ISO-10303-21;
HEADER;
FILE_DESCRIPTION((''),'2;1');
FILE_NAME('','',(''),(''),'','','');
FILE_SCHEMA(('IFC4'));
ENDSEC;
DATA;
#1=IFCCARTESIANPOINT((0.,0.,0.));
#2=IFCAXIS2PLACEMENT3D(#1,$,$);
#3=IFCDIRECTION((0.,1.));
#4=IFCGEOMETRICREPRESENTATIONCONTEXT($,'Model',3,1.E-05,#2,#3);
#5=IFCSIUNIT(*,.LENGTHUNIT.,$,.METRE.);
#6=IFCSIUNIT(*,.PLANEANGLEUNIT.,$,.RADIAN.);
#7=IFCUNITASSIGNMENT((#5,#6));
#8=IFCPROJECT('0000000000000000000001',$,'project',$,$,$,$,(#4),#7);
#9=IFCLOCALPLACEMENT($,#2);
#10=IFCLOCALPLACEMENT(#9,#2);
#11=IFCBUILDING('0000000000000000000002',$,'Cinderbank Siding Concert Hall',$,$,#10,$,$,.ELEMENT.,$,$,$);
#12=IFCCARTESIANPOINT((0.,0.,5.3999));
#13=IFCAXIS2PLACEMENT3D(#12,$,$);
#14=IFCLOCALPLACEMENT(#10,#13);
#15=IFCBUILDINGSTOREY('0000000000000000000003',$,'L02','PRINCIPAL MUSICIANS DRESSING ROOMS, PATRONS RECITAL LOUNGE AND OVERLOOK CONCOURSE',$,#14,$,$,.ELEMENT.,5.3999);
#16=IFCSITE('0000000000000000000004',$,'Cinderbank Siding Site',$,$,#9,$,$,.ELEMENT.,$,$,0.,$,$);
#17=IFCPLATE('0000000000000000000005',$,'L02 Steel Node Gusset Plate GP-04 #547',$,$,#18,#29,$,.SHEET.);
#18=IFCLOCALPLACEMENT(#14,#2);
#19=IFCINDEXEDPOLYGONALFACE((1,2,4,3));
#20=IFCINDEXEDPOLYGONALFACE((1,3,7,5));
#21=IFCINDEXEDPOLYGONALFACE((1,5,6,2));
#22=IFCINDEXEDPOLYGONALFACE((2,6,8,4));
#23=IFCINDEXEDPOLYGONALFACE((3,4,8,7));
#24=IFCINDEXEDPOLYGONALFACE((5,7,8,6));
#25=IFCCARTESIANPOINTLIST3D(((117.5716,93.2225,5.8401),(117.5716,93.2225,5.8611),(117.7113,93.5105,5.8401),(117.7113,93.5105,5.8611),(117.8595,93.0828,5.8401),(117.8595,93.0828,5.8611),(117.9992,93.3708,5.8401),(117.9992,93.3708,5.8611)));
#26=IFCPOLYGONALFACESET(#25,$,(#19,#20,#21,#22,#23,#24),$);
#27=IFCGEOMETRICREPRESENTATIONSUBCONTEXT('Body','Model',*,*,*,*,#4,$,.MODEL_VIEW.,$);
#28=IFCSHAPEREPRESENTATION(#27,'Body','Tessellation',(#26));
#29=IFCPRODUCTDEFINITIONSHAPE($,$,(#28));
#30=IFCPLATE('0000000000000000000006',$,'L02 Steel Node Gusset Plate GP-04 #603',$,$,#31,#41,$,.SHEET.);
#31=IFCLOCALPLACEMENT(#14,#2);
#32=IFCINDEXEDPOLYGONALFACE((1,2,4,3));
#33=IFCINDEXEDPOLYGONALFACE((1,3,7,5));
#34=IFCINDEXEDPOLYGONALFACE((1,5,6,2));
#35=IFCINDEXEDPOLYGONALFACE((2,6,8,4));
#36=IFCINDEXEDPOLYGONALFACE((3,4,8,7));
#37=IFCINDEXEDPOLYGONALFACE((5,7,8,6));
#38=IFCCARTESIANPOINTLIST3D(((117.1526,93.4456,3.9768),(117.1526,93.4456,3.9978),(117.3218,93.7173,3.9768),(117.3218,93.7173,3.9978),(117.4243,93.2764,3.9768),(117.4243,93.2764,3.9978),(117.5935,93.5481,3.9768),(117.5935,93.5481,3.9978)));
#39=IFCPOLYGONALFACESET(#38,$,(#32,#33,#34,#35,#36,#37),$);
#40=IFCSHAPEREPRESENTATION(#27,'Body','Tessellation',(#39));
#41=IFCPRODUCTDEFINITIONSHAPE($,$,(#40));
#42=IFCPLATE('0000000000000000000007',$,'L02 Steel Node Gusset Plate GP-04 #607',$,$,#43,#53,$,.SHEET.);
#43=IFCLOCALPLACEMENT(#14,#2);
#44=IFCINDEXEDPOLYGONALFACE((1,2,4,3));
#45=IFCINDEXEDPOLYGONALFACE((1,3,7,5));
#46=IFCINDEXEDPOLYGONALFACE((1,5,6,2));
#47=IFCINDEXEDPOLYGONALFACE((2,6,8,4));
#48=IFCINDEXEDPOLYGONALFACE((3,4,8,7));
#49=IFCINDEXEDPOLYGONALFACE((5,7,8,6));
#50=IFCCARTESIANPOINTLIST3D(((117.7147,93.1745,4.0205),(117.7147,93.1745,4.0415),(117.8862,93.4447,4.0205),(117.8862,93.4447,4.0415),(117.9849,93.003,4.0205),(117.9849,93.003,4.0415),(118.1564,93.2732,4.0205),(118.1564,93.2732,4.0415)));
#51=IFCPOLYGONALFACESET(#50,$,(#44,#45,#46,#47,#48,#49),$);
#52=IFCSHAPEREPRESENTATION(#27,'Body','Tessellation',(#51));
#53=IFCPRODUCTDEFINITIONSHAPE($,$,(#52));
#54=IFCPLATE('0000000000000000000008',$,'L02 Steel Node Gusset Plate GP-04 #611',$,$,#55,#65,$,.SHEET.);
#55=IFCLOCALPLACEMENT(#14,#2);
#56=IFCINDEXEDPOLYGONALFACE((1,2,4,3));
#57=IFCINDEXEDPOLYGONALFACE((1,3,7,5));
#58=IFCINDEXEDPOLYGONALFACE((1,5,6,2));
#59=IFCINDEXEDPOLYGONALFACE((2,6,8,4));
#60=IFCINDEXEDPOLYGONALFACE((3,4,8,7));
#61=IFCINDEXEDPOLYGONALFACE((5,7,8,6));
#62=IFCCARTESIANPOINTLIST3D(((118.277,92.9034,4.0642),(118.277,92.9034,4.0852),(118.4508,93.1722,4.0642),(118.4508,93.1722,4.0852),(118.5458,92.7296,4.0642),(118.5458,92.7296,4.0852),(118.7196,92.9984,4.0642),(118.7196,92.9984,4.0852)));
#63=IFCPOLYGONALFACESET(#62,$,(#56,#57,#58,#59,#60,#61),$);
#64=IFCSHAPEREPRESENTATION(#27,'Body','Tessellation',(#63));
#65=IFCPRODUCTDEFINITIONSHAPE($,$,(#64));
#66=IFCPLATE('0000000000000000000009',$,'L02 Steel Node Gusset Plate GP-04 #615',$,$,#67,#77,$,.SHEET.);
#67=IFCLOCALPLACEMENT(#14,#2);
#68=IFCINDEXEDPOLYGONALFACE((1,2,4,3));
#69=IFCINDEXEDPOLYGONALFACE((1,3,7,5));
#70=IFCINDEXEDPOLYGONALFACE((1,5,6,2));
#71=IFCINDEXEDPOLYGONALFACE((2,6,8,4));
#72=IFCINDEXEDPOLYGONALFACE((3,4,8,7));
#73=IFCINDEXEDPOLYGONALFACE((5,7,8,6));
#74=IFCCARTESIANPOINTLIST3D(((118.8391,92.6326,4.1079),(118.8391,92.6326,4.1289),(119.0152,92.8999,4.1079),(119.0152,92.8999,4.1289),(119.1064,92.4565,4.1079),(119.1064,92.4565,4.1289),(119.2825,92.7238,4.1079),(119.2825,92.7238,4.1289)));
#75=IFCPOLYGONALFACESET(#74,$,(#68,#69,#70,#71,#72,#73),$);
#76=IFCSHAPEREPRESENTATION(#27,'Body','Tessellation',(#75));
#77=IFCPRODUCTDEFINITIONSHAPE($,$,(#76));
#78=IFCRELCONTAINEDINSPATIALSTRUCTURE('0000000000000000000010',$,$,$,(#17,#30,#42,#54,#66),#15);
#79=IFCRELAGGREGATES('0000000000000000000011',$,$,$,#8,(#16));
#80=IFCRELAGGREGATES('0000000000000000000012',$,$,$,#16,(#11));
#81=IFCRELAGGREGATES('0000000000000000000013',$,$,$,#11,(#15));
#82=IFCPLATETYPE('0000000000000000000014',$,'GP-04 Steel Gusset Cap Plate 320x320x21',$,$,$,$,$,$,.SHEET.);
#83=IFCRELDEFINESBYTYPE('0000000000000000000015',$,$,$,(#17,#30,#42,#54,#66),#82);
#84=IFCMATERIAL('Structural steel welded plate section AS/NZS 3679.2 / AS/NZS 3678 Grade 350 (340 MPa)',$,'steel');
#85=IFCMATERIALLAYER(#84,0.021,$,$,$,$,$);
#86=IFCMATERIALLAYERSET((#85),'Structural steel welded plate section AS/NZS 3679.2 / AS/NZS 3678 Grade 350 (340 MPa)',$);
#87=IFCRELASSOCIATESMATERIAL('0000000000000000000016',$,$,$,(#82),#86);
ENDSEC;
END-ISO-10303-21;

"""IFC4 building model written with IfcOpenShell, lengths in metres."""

from ifc_helpers import new_model, si_unit, direction, frame, origin, origin_2d, place, context, subcontext, project, spatial, rectangle, extrude, material, layer, layer_set, type_object, element, save


model = new_model("IFC4")

# Units and contexts
model_context = context("Model", 3, precision=1e-05, world=origin(), true_north=direction((0.0, 1.0)))
body_context = subcontext(model_context, "Body", "Model", "MODEL_VIEW")
ifc_project = project(units=[si_unit("LENGTHUNIT", "METRE"), si_unit("PLANEANGLEUNIT", "RADIAN")], contexts=[model_context])

# Site, building, storey
site_placement = place(None, origin())
site = spatial("IfcSite", under=ifc_project, at=site_placement, Name="Cinderbank Siding Site", CompositionType="ELEMENT", RefElevation=0.0)
building_placement = place(site_placement, origin())
building = spatial("IfcBuilding", under=site, at=building_placement, Name="Cinderbank Siding Concert Hall", CompositionType="ELEMENT")
storey_placement = place(building_placement, frame((0.0, 0.0, 5.3999)))
storey = spatial("IfcBuildingStorey", under=building, at=storey_placement, Name="L02", Description="PRINCIPAL MUSICIANS DRESSING ROOMS, PATRONS RECITAL LOUNGE AND OVERLOOK CONCOURSE", CompositionType="ELEMENT", Elevation=5.3999)

# Plates
ifc_material_1 = material(Name="Structural steel welded plate section AS/NZS 3679.2 / AS/NZS 3678 Grade 350 (340 MPa)", Category="steel")
ifc_layer_1 = layer(ifc_material_1, 0.021)
ifc_layer_set_1 = layer_set([ifc_layer_1], Name="Structural steel welded plate section AS/NZS 3679.2 / AS/NZS 3678 Grade 350 (340 MPa)")
plate_type_1 = type_object("IfcPlateType", Name="GP-04 Steel Gusset Cap Plate 320x320x21", PredefinedType="SHEET", material=ifc_layer_set_1)
for number, where, z_axis, x_axis, name in (
    (1, (117.7854, 93.2966, 5.8401), (0.0, 0.0, 1.0), (0.89971, -0.436488, 0.0), "L02 Steel Node Gusset Plate GP-04 #547"),
    (2, (117.373, 93.4968, 3.9768), (0.0, 0.0, 1.0), (0.528587, 0.848879, 0.0), "L02 Steel Node Gusset Plate GP-04 #603"),
    (3, (117.9355, 93.2239, 4.0205), (0.0, 0.0, 1.0), (0.535827, 0.844328, 0.0), "L02 Steel Node Gusset Plate GP-04 #607"),
    (4, (118.4983, 92.9509, 4.0642), (0.0, 0.0, 1.0), (0.543028, 0.839715, 0.0), "L02 Steel Node Gusset Plate GP-04 #611"),
    (5, (119.0608, 92.6782, 4.1079), (0.0, 0.0, 1.0), (0.550189, 0.83504, 0.0), "L02 Steel Node Gusset Plate GP-04 #615"),
):
    element("IfcPlate", number, at=place(storey_placement, frame(where, z_axis=z_axis, x_axis=x_axis)), inside=storey, type_object=plate_type_1, Name=name, PredefinedType="SHEET", context=body_context, shape_type="SweptSolid", body=[
        extrude(rectangle(XDim=0.3201, YDim=0.3201, at=origin_2d()), origin(), (0.0, 0.0, 1.0), 0.021),
    ])

save(model, "model.ifc")
